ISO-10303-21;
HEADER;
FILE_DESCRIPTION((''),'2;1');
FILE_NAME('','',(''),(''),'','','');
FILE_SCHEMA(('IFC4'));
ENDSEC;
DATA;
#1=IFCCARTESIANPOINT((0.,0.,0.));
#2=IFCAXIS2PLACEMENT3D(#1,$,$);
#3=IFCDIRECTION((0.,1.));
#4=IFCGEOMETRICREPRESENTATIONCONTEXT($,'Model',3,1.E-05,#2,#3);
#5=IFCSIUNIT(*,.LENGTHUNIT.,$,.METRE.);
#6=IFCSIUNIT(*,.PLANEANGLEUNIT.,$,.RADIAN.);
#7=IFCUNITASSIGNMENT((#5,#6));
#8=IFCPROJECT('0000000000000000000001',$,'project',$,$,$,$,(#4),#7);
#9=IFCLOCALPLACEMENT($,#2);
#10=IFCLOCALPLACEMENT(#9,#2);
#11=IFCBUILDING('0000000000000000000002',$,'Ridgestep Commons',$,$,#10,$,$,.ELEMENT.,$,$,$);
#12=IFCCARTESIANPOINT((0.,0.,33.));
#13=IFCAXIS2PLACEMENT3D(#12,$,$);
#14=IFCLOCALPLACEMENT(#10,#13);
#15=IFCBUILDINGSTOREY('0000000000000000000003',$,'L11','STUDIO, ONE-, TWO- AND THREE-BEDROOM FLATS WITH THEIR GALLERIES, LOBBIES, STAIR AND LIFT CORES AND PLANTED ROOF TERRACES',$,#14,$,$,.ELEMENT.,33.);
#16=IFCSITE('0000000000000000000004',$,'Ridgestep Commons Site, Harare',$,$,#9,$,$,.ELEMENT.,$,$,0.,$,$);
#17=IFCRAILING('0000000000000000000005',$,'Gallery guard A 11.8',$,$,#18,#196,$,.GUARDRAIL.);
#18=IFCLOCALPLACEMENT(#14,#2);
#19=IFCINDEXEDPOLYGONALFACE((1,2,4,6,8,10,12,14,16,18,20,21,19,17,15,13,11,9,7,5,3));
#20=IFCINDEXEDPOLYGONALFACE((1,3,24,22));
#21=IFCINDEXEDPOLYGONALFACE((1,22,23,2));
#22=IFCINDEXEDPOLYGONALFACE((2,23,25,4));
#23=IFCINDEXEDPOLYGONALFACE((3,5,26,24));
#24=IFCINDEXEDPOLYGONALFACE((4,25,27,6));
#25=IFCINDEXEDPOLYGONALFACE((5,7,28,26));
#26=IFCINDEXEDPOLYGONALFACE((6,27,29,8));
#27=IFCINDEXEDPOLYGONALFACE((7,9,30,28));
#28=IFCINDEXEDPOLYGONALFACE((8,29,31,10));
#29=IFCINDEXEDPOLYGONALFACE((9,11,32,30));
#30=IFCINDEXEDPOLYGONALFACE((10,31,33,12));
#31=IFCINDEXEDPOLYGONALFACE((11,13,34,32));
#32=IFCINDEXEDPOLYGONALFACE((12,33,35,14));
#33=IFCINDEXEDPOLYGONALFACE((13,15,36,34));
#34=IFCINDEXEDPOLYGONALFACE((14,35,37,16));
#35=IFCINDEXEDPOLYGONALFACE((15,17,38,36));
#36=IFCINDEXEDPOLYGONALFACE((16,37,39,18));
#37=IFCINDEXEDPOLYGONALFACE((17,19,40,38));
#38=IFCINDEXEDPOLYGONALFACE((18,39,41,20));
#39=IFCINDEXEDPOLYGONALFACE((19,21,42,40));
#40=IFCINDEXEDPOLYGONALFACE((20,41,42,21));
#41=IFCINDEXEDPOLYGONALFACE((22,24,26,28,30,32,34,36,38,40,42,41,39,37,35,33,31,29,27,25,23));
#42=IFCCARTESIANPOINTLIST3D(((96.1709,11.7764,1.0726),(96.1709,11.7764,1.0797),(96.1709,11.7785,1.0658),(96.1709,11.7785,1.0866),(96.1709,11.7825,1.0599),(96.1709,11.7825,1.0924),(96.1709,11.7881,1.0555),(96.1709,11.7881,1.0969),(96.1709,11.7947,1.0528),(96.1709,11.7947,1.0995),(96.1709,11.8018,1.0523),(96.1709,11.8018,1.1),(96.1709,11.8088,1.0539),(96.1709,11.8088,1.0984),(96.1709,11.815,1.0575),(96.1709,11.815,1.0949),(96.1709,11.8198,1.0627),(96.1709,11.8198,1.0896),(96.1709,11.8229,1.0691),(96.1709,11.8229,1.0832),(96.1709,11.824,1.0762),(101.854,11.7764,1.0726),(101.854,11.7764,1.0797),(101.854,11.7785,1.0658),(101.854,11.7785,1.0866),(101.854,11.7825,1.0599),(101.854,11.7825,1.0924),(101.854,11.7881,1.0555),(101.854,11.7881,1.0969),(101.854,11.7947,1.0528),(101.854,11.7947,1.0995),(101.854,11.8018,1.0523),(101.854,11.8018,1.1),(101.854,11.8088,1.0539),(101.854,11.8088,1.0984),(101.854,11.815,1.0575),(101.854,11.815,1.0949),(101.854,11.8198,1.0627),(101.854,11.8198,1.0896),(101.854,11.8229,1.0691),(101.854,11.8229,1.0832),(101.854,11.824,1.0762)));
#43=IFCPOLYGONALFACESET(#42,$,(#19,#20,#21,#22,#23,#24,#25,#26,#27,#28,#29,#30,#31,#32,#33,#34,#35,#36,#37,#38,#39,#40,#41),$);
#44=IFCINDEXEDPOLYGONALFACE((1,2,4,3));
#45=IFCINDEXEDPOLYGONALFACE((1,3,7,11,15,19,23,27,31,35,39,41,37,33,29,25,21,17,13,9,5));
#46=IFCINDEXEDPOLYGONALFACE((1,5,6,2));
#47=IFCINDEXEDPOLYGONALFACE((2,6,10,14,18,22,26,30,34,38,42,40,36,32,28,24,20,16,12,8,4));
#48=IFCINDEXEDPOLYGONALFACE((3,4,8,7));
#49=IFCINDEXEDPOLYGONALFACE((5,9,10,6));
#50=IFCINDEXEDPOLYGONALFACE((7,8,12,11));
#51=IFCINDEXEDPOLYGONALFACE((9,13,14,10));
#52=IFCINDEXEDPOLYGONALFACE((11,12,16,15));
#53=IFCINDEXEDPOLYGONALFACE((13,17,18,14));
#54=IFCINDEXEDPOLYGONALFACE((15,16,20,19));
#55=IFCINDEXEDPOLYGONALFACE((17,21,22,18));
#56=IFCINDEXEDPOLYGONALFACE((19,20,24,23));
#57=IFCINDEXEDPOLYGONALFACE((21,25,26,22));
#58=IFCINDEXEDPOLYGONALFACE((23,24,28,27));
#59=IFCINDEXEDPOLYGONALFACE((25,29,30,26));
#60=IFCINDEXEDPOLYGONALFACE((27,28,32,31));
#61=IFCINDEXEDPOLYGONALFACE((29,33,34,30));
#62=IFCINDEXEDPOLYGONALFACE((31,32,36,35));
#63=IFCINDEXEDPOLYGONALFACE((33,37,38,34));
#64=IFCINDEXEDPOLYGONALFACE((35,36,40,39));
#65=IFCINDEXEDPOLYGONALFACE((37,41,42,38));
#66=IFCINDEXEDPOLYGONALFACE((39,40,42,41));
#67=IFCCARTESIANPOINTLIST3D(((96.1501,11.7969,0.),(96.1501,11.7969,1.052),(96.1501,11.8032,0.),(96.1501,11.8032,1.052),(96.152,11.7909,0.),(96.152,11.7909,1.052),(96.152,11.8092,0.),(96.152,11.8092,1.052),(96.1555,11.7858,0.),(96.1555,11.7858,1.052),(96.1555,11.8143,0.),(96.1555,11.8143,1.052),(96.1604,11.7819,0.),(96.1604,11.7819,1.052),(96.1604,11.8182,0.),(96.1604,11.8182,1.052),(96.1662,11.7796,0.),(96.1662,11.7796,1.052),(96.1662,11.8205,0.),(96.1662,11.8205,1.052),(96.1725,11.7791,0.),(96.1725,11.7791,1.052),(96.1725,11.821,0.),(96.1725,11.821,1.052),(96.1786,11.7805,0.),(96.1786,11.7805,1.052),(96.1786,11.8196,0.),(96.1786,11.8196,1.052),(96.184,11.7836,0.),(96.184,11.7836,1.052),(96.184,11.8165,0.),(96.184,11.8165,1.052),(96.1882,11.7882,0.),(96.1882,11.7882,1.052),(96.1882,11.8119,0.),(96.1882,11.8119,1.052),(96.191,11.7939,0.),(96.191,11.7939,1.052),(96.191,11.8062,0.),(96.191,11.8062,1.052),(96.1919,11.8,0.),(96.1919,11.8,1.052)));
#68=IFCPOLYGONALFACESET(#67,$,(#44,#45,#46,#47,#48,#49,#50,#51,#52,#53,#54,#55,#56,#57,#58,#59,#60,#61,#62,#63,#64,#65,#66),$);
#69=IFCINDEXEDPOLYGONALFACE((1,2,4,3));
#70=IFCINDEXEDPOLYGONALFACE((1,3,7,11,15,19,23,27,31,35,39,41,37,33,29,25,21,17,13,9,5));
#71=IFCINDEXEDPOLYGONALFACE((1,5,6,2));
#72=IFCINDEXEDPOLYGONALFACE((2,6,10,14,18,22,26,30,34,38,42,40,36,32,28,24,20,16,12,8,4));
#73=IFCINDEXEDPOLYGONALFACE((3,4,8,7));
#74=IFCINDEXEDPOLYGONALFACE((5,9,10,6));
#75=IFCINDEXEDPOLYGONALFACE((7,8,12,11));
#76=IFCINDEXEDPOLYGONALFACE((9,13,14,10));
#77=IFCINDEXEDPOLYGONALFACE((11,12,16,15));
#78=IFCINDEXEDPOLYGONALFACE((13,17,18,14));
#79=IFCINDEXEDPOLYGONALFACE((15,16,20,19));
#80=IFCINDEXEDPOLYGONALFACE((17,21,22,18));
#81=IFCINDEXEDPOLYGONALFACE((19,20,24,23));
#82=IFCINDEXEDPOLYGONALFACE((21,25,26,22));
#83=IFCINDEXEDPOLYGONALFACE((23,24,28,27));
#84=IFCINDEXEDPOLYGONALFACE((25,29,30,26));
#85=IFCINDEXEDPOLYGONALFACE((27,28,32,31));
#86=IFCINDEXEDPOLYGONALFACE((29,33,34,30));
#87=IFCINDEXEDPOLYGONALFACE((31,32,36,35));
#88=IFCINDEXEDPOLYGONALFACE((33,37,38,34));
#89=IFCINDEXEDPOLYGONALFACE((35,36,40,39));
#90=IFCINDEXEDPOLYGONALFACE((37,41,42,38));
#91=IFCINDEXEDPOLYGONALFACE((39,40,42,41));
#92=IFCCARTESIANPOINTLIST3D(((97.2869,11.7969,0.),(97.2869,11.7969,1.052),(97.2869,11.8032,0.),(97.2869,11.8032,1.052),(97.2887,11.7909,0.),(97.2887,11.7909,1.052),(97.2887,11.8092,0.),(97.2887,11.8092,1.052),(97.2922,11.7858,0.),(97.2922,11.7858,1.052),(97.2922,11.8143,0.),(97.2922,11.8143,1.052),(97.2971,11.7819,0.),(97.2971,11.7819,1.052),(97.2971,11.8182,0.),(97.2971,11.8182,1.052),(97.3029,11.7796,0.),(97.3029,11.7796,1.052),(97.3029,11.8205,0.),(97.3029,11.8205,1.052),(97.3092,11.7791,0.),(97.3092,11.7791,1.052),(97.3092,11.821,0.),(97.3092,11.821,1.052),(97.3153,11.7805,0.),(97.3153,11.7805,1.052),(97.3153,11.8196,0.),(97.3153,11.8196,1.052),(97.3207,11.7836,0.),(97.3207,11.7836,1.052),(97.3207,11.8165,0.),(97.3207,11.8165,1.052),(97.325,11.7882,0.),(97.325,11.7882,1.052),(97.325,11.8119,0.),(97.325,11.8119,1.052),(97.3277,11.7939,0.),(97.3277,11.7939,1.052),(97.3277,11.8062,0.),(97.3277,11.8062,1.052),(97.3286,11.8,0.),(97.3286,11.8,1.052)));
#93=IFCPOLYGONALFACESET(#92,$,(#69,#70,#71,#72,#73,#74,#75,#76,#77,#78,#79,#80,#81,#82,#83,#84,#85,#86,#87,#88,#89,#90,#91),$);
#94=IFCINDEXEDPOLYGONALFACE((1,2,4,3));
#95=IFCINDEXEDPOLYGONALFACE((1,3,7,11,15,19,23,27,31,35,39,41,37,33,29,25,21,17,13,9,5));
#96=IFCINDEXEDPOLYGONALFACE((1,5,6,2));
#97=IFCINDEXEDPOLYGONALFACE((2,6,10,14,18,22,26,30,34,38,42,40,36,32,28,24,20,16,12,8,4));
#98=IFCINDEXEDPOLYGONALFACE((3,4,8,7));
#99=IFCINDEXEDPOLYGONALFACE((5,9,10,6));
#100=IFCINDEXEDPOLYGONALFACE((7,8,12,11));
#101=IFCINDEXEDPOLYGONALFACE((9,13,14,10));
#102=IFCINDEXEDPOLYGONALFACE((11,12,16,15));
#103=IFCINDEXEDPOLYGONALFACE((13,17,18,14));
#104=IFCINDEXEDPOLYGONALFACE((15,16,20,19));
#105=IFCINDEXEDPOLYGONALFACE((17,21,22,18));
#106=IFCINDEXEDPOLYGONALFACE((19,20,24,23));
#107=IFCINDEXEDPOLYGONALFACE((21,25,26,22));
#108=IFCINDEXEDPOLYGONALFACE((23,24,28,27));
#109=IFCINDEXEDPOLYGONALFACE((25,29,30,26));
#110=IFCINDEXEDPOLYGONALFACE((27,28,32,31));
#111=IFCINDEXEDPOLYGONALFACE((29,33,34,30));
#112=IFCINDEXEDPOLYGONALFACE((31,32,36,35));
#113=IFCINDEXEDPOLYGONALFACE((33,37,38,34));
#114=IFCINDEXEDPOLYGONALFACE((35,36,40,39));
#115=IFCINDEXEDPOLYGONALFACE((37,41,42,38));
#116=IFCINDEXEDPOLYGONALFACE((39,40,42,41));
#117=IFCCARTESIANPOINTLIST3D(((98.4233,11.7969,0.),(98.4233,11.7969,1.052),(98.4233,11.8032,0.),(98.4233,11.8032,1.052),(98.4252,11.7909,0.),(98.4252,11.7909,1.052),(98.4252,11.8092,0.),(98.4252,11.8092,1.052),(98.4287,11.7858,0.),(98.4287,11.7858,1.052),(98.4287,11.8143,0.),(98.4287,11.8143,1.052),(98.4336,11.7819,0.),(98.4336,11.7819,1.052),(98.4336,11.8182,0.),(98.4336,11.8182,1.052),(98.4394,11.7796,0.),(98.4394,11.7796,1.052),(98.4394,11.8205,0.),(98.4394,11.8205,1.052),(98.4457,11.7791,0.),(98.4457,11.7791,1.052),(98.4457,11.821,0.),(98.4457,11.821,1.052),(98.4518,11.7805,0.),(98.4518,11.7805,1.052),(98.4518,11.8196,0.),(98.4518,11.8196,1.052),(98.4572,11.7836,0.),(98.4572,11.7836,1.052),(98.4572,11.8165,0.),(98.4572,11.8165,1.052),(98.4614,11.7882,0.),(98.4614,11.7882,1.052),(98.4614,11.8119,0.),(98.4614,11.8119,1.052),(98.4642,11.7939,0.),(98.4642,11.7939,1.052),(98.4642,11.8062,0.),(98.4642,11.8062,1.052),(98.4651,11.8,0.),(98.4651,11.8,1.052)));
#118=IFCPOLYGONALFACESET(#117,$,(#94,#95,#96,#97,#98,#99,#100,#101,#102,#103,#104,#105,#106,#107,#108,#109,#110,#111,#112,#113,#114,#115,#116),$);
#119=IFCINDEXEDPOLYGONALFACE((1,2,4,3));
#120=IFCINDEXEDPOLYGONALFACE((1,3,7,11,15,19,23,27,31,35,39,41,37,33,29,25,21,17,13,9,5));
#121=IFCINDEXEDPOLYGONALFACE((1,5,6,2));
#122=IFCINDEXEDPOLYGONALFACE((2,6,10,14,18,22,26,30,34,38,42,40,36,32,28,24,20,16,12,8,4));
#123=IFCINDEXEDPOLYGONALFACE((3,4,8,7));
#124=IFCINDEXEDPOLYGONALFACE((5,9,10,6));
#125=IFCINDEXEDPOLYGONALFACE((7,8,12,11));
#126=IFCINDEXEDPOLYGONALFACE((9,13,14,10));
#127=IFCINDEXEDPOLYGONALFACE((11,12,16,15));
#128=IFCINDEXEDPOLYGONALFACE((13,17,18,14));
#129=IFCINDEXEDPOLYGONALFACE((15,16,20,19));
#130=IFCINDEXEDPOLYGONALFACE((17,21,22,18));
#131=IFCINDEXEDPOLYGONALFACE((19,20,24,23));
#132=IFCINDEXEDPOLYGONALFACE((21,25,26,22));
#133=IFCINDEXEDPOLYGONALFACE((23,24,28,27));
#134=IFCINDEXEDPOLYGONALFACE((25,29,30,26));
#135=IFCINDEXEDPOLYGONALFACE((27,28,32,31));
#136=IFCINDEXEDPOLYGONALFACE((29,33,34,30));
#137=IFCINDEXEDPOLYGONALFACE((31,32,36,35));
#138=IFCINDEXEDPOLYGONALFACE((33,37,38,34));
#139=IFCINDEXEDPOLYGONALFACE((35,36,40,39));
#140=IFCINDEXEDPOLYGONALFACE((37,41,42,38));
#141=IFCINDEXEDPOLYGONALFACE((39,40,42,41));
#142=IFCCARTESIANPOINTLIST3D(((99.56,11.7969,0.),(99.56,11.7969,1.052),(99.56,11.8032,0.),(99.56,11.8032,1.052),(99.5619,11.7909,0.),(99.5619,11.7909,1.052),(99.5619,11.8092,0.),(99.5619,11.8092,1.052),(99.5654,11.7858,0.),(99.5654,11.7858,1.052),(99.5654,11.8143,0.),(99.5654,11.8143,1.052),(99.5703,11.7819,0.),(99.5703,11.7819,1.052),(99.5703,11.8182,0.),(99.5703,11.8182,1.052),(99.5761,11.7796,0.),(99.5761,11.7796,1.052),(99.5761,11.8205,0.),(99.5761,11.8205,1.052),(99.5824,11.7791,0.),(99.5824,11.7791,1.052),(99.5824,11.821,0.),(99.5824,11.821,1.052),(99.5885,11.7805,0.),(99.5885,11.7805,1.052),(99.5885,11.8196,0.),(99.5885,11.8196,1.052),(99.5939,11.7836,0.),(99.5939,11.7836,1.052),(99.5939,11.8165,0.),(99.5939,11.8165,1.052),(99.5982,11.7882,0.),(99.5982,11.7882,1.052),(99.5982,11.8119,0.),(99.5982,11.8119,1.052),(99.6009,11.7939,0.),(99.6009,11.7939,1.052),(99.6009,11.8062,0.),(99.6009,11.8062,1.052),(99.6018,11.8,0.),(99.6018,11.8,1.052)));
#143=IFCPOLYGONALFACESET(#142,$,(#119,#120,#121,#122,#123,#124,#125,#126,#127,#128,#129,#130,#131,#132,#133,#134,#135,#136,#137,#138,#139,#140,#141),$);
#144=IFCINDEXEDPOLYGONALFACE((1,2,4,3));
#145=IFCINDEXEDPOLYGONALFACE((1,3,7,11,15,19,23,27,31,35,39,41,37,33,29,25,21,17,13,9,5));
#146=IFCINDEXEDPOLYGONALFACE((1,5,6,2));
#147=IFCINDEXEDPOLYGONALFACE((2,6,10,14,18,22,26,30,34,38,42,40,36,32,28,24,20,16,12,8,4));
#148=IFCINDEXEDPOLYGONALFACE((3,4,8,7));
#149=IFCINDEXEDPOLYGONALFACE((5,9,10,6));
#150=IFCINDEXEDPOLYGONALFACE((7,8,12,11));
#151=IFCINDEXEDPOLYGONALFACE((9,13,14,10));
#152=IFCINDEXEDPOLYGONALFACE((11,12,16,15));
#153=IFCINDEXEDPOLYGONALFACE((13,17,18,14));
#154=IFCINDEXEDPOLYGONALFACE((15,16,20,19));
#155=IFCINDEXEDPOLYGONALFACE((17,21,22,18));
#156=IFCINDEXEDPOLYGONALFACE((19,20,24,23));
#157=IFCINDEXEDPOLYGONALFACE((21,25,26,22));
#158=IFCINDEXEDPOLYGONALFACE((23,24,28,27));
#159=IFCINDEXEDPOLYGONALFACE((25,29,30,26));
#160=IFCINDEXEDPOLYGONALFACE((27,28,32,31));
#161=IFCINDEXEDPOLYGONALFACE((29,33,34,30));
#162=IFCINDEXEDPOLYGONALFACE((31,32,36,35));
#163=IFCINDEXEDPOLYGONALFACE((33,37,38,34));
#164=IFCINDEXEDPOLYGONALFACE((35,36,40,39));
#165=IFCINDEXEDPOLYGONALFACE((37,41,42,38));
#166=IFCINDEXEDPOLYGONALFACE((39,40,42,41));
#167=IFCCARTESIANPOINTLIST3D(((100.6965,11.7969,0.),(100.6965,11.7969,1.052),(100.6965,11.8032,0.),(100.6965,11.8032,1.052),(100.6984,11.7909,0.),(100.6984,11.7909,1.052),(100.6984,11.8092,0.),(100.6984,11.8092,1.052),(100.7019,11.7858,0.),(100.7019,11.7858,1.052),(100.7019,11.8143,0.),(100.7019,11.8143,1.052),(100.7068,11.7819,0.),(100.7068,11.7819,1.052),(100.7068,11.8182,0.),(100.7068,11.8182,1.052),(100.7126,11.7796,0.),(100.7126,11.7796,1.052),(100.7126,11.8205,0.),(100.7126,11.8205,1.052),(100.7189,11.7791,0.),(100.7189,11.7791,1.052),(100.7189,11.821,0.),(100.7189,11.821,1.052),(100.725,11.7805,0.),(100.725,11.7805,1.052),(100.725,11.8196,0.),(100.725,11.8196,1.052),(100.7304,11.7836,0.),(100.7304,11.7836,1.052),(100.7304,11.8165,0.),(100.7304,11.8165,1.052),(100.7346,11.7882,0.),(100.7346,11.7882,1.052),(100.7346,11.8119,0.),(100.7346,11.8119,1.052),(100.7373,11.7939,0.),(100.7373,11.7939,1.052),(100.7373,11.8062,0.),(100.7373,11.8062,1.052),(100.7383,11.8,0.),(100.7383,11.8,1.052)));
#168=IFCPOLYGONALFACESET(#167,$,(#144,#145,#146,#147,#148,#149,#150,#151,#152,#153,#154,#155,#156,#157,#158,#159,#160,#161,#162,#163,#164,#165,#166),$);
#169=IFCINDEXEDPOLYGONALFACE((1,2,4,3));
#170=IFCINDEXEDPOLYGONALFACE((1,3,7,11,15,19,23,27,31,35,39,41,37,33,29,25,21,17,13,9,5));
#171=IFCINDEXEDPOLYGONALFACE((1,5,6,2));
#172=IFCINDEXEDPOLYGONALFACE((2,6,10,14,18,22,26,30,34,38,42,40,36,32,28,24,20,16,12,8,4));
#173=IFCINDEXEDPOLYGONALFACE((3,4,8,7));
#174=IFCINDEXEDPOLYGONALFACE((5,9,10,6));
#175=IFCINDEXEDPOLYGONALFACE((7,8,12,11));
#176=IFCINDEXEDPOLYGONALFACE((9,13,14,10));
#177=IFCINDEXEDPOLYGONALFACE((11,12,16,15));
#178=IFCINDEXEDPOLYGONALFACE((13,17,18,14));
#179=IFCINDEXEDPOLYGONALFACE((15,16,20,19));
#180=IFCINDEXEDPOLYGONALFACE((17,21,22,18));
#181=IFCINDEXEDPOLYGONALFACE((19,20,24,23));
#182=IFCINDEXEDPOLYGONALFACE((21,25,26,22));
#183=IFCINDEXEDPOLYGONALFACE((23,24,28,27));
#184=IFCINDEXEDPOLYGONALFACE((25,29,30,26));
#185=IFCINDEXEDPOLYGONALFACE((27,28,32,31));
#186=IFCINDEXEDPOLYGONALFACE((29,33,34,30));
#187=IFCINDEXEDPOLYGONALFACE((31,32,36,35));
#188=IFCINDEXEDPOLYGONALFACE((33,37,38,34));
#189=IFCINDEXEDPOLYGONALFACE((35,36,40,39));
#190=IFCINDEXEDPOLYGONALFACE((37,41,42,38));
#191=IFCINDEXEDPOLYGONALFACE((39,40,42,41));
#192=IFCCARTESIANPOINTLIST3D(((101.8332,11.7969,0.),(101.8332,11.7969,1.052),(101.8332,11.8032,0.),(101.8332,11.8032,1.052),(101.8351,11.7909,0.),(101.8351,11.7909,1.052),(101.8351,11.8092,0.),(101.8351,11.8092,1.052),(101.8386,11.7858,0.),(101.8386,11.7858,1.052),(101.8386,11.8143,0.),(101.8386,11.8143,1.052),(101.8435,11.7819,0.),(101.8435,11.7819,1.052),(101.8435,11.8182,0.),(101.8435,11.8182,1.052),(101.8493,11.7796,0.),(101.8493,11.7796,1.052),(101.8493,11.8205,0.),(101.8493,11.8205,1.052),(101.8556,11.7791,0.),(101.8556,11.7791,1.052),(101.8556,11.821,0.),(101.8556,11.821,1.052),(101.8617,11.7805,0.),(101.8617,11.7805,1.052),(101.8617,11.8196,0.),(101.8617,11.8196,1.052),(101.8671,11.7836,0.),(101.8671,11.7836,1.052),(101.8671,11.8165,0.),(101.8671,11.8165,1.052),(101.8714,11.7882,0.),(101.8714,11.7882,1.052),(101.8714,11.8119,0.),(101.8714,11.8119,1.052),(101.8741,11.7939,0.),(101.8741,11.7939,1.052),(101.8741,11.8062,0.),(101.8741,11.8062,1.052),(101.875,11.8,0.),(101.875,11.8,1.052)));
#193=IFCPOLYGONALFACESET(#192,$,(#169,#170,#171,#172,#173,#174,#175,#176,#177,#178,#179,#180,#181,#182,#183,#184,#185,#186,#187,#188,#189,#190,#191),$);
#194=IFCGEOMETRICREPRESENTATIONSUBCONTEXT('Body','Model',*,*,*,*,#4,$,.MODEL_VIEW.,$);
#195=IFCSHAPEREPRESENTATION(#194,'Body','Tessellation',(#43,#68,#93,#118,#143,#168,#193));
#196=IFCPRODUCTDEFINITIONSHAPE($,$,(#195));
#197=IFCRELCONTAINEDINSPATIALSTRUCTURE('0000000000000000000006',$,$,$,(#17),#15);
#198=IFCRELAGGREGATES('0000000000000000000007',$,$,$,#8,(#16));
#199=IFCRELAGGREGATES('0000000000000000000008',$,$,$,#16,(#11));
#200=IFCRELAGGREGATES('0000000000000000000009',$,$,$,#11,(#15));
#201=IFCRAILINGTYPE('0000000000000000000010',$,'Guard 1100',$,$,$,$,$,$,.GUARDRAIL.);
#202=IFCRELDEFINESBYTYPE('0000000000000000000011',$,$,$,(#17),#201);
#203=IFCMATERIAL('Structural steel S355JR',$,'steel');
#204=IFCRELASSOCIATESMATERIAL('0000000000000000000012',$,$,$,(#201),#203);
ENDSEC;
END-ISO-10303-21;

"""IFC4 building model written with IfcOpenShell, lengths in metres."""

from ifc_helpers import new_model, si_unit, direction, frame, origin, origin_2d, place, context, subcontext, project, spatial, circle, extrude, material, type_object, element, save


model = new_model("IFC4")

# Units and contexts
model_context = context("Model", 3, precision=1e-05, world=origin(), true_north=direction((0.0, 1.0)))
body_context = subcontext(model_context, "Body", "Model", "MODEL_VIEW")
ifc_project = project(units=[si_unit("LENGTHUNIT", "METRE"), si_unit("PLANEANGLEUNIT", "RADIAN")], contexts=[model_context])

# Site, building, storey
site_placement = place(None, origin())
site = spatial("IfcSite", under=ifc_project, at=site_placement, Name="Ridgestep Commons Site, Harare", CompositionType="ELEMENT", RefElevation=0.0)
building_placement = place(site_placement, origin())
building = spatial("IfcBuilding", under=site, at=building_placement, Name="Ridgestep Commons", CompositionType="ELEMENT")
storey_placement = place(building_placement, frame((0.0, 0.0, 33.0)))
storey = spatial("IfcBuildingStorey", under=building, at=storey_placement, Name="L11", Description="STUDIO, ONE-, TWO- AND THREE-BEDROOM FLATS WITH THEIR GALLERIES, LOBBIES, STAIR AND LIFT CORES AND PLANTED ROOF TERRACES", CompositionType="ELEMENT", Elevation=33.0)

# Railing
ifc_material_1 = material(Name="Structural steel S355JR", Category="steel")
railing_type_1 = type_object("IfcRailingType", Name="Guard 1100", PredefinedType="GUARDRAIL", material=ifc_material_1)
railing_1_placement = place(storey_placement, frame((96.1709, 11.8, 0.0)))
element("IfcRailing", 1, at=railing_1_placement, inside=storey, type_object=railing_type_1, Name="Gallery guard A 11.8", PredefinedType="GUARDRAIL", context=body_context, shape_type="SweptSolid", body=[
    extrude(circle(Radius=0.0239, at=origin_2d()), frame((0.0, 0.0, 1.0762), z_axis=(1.0, 0.0, 0.0), x_axis=(0.0, 1.0, 0.0)), (0.0, 0.0, 1.0), 5.6831),
    extrude(circle(Radius=0.021, at=origin_2d()), origin(), (0.0, 0.0, 1.0), 1.052),
    extrude(circle(Radius=0.021, at=origin_2d()), frame((1.1367, 0.0, 0.0)), (0.0, 0.0, 1.0), 1.052),
    extrude(circle(Radius=0.021, at=origin_2d()), frame((2.2732, 0.0, 0.0)), (0.0, 0.0, 1.0), 1.052),
    extrude(circle(Radius=0.021, at=origin_2d()), frame((3.4099, 0.0, 0.0)), (0.0, 0.0, 1.0), 1.052),
    extrude(circle(Radius=0.021, at=origin_2d()), frame((4.5464, 0.0, 0.0)), (0.0, 0.0, 1.0), 1.052),
    extrude(circle(Radius=0.021, at=origin_2d()), frame((5.6831, 0.0, 0.0)), (0.0, 0.0, 1.0), 1.052),
])

save(model, "model.ifc")
